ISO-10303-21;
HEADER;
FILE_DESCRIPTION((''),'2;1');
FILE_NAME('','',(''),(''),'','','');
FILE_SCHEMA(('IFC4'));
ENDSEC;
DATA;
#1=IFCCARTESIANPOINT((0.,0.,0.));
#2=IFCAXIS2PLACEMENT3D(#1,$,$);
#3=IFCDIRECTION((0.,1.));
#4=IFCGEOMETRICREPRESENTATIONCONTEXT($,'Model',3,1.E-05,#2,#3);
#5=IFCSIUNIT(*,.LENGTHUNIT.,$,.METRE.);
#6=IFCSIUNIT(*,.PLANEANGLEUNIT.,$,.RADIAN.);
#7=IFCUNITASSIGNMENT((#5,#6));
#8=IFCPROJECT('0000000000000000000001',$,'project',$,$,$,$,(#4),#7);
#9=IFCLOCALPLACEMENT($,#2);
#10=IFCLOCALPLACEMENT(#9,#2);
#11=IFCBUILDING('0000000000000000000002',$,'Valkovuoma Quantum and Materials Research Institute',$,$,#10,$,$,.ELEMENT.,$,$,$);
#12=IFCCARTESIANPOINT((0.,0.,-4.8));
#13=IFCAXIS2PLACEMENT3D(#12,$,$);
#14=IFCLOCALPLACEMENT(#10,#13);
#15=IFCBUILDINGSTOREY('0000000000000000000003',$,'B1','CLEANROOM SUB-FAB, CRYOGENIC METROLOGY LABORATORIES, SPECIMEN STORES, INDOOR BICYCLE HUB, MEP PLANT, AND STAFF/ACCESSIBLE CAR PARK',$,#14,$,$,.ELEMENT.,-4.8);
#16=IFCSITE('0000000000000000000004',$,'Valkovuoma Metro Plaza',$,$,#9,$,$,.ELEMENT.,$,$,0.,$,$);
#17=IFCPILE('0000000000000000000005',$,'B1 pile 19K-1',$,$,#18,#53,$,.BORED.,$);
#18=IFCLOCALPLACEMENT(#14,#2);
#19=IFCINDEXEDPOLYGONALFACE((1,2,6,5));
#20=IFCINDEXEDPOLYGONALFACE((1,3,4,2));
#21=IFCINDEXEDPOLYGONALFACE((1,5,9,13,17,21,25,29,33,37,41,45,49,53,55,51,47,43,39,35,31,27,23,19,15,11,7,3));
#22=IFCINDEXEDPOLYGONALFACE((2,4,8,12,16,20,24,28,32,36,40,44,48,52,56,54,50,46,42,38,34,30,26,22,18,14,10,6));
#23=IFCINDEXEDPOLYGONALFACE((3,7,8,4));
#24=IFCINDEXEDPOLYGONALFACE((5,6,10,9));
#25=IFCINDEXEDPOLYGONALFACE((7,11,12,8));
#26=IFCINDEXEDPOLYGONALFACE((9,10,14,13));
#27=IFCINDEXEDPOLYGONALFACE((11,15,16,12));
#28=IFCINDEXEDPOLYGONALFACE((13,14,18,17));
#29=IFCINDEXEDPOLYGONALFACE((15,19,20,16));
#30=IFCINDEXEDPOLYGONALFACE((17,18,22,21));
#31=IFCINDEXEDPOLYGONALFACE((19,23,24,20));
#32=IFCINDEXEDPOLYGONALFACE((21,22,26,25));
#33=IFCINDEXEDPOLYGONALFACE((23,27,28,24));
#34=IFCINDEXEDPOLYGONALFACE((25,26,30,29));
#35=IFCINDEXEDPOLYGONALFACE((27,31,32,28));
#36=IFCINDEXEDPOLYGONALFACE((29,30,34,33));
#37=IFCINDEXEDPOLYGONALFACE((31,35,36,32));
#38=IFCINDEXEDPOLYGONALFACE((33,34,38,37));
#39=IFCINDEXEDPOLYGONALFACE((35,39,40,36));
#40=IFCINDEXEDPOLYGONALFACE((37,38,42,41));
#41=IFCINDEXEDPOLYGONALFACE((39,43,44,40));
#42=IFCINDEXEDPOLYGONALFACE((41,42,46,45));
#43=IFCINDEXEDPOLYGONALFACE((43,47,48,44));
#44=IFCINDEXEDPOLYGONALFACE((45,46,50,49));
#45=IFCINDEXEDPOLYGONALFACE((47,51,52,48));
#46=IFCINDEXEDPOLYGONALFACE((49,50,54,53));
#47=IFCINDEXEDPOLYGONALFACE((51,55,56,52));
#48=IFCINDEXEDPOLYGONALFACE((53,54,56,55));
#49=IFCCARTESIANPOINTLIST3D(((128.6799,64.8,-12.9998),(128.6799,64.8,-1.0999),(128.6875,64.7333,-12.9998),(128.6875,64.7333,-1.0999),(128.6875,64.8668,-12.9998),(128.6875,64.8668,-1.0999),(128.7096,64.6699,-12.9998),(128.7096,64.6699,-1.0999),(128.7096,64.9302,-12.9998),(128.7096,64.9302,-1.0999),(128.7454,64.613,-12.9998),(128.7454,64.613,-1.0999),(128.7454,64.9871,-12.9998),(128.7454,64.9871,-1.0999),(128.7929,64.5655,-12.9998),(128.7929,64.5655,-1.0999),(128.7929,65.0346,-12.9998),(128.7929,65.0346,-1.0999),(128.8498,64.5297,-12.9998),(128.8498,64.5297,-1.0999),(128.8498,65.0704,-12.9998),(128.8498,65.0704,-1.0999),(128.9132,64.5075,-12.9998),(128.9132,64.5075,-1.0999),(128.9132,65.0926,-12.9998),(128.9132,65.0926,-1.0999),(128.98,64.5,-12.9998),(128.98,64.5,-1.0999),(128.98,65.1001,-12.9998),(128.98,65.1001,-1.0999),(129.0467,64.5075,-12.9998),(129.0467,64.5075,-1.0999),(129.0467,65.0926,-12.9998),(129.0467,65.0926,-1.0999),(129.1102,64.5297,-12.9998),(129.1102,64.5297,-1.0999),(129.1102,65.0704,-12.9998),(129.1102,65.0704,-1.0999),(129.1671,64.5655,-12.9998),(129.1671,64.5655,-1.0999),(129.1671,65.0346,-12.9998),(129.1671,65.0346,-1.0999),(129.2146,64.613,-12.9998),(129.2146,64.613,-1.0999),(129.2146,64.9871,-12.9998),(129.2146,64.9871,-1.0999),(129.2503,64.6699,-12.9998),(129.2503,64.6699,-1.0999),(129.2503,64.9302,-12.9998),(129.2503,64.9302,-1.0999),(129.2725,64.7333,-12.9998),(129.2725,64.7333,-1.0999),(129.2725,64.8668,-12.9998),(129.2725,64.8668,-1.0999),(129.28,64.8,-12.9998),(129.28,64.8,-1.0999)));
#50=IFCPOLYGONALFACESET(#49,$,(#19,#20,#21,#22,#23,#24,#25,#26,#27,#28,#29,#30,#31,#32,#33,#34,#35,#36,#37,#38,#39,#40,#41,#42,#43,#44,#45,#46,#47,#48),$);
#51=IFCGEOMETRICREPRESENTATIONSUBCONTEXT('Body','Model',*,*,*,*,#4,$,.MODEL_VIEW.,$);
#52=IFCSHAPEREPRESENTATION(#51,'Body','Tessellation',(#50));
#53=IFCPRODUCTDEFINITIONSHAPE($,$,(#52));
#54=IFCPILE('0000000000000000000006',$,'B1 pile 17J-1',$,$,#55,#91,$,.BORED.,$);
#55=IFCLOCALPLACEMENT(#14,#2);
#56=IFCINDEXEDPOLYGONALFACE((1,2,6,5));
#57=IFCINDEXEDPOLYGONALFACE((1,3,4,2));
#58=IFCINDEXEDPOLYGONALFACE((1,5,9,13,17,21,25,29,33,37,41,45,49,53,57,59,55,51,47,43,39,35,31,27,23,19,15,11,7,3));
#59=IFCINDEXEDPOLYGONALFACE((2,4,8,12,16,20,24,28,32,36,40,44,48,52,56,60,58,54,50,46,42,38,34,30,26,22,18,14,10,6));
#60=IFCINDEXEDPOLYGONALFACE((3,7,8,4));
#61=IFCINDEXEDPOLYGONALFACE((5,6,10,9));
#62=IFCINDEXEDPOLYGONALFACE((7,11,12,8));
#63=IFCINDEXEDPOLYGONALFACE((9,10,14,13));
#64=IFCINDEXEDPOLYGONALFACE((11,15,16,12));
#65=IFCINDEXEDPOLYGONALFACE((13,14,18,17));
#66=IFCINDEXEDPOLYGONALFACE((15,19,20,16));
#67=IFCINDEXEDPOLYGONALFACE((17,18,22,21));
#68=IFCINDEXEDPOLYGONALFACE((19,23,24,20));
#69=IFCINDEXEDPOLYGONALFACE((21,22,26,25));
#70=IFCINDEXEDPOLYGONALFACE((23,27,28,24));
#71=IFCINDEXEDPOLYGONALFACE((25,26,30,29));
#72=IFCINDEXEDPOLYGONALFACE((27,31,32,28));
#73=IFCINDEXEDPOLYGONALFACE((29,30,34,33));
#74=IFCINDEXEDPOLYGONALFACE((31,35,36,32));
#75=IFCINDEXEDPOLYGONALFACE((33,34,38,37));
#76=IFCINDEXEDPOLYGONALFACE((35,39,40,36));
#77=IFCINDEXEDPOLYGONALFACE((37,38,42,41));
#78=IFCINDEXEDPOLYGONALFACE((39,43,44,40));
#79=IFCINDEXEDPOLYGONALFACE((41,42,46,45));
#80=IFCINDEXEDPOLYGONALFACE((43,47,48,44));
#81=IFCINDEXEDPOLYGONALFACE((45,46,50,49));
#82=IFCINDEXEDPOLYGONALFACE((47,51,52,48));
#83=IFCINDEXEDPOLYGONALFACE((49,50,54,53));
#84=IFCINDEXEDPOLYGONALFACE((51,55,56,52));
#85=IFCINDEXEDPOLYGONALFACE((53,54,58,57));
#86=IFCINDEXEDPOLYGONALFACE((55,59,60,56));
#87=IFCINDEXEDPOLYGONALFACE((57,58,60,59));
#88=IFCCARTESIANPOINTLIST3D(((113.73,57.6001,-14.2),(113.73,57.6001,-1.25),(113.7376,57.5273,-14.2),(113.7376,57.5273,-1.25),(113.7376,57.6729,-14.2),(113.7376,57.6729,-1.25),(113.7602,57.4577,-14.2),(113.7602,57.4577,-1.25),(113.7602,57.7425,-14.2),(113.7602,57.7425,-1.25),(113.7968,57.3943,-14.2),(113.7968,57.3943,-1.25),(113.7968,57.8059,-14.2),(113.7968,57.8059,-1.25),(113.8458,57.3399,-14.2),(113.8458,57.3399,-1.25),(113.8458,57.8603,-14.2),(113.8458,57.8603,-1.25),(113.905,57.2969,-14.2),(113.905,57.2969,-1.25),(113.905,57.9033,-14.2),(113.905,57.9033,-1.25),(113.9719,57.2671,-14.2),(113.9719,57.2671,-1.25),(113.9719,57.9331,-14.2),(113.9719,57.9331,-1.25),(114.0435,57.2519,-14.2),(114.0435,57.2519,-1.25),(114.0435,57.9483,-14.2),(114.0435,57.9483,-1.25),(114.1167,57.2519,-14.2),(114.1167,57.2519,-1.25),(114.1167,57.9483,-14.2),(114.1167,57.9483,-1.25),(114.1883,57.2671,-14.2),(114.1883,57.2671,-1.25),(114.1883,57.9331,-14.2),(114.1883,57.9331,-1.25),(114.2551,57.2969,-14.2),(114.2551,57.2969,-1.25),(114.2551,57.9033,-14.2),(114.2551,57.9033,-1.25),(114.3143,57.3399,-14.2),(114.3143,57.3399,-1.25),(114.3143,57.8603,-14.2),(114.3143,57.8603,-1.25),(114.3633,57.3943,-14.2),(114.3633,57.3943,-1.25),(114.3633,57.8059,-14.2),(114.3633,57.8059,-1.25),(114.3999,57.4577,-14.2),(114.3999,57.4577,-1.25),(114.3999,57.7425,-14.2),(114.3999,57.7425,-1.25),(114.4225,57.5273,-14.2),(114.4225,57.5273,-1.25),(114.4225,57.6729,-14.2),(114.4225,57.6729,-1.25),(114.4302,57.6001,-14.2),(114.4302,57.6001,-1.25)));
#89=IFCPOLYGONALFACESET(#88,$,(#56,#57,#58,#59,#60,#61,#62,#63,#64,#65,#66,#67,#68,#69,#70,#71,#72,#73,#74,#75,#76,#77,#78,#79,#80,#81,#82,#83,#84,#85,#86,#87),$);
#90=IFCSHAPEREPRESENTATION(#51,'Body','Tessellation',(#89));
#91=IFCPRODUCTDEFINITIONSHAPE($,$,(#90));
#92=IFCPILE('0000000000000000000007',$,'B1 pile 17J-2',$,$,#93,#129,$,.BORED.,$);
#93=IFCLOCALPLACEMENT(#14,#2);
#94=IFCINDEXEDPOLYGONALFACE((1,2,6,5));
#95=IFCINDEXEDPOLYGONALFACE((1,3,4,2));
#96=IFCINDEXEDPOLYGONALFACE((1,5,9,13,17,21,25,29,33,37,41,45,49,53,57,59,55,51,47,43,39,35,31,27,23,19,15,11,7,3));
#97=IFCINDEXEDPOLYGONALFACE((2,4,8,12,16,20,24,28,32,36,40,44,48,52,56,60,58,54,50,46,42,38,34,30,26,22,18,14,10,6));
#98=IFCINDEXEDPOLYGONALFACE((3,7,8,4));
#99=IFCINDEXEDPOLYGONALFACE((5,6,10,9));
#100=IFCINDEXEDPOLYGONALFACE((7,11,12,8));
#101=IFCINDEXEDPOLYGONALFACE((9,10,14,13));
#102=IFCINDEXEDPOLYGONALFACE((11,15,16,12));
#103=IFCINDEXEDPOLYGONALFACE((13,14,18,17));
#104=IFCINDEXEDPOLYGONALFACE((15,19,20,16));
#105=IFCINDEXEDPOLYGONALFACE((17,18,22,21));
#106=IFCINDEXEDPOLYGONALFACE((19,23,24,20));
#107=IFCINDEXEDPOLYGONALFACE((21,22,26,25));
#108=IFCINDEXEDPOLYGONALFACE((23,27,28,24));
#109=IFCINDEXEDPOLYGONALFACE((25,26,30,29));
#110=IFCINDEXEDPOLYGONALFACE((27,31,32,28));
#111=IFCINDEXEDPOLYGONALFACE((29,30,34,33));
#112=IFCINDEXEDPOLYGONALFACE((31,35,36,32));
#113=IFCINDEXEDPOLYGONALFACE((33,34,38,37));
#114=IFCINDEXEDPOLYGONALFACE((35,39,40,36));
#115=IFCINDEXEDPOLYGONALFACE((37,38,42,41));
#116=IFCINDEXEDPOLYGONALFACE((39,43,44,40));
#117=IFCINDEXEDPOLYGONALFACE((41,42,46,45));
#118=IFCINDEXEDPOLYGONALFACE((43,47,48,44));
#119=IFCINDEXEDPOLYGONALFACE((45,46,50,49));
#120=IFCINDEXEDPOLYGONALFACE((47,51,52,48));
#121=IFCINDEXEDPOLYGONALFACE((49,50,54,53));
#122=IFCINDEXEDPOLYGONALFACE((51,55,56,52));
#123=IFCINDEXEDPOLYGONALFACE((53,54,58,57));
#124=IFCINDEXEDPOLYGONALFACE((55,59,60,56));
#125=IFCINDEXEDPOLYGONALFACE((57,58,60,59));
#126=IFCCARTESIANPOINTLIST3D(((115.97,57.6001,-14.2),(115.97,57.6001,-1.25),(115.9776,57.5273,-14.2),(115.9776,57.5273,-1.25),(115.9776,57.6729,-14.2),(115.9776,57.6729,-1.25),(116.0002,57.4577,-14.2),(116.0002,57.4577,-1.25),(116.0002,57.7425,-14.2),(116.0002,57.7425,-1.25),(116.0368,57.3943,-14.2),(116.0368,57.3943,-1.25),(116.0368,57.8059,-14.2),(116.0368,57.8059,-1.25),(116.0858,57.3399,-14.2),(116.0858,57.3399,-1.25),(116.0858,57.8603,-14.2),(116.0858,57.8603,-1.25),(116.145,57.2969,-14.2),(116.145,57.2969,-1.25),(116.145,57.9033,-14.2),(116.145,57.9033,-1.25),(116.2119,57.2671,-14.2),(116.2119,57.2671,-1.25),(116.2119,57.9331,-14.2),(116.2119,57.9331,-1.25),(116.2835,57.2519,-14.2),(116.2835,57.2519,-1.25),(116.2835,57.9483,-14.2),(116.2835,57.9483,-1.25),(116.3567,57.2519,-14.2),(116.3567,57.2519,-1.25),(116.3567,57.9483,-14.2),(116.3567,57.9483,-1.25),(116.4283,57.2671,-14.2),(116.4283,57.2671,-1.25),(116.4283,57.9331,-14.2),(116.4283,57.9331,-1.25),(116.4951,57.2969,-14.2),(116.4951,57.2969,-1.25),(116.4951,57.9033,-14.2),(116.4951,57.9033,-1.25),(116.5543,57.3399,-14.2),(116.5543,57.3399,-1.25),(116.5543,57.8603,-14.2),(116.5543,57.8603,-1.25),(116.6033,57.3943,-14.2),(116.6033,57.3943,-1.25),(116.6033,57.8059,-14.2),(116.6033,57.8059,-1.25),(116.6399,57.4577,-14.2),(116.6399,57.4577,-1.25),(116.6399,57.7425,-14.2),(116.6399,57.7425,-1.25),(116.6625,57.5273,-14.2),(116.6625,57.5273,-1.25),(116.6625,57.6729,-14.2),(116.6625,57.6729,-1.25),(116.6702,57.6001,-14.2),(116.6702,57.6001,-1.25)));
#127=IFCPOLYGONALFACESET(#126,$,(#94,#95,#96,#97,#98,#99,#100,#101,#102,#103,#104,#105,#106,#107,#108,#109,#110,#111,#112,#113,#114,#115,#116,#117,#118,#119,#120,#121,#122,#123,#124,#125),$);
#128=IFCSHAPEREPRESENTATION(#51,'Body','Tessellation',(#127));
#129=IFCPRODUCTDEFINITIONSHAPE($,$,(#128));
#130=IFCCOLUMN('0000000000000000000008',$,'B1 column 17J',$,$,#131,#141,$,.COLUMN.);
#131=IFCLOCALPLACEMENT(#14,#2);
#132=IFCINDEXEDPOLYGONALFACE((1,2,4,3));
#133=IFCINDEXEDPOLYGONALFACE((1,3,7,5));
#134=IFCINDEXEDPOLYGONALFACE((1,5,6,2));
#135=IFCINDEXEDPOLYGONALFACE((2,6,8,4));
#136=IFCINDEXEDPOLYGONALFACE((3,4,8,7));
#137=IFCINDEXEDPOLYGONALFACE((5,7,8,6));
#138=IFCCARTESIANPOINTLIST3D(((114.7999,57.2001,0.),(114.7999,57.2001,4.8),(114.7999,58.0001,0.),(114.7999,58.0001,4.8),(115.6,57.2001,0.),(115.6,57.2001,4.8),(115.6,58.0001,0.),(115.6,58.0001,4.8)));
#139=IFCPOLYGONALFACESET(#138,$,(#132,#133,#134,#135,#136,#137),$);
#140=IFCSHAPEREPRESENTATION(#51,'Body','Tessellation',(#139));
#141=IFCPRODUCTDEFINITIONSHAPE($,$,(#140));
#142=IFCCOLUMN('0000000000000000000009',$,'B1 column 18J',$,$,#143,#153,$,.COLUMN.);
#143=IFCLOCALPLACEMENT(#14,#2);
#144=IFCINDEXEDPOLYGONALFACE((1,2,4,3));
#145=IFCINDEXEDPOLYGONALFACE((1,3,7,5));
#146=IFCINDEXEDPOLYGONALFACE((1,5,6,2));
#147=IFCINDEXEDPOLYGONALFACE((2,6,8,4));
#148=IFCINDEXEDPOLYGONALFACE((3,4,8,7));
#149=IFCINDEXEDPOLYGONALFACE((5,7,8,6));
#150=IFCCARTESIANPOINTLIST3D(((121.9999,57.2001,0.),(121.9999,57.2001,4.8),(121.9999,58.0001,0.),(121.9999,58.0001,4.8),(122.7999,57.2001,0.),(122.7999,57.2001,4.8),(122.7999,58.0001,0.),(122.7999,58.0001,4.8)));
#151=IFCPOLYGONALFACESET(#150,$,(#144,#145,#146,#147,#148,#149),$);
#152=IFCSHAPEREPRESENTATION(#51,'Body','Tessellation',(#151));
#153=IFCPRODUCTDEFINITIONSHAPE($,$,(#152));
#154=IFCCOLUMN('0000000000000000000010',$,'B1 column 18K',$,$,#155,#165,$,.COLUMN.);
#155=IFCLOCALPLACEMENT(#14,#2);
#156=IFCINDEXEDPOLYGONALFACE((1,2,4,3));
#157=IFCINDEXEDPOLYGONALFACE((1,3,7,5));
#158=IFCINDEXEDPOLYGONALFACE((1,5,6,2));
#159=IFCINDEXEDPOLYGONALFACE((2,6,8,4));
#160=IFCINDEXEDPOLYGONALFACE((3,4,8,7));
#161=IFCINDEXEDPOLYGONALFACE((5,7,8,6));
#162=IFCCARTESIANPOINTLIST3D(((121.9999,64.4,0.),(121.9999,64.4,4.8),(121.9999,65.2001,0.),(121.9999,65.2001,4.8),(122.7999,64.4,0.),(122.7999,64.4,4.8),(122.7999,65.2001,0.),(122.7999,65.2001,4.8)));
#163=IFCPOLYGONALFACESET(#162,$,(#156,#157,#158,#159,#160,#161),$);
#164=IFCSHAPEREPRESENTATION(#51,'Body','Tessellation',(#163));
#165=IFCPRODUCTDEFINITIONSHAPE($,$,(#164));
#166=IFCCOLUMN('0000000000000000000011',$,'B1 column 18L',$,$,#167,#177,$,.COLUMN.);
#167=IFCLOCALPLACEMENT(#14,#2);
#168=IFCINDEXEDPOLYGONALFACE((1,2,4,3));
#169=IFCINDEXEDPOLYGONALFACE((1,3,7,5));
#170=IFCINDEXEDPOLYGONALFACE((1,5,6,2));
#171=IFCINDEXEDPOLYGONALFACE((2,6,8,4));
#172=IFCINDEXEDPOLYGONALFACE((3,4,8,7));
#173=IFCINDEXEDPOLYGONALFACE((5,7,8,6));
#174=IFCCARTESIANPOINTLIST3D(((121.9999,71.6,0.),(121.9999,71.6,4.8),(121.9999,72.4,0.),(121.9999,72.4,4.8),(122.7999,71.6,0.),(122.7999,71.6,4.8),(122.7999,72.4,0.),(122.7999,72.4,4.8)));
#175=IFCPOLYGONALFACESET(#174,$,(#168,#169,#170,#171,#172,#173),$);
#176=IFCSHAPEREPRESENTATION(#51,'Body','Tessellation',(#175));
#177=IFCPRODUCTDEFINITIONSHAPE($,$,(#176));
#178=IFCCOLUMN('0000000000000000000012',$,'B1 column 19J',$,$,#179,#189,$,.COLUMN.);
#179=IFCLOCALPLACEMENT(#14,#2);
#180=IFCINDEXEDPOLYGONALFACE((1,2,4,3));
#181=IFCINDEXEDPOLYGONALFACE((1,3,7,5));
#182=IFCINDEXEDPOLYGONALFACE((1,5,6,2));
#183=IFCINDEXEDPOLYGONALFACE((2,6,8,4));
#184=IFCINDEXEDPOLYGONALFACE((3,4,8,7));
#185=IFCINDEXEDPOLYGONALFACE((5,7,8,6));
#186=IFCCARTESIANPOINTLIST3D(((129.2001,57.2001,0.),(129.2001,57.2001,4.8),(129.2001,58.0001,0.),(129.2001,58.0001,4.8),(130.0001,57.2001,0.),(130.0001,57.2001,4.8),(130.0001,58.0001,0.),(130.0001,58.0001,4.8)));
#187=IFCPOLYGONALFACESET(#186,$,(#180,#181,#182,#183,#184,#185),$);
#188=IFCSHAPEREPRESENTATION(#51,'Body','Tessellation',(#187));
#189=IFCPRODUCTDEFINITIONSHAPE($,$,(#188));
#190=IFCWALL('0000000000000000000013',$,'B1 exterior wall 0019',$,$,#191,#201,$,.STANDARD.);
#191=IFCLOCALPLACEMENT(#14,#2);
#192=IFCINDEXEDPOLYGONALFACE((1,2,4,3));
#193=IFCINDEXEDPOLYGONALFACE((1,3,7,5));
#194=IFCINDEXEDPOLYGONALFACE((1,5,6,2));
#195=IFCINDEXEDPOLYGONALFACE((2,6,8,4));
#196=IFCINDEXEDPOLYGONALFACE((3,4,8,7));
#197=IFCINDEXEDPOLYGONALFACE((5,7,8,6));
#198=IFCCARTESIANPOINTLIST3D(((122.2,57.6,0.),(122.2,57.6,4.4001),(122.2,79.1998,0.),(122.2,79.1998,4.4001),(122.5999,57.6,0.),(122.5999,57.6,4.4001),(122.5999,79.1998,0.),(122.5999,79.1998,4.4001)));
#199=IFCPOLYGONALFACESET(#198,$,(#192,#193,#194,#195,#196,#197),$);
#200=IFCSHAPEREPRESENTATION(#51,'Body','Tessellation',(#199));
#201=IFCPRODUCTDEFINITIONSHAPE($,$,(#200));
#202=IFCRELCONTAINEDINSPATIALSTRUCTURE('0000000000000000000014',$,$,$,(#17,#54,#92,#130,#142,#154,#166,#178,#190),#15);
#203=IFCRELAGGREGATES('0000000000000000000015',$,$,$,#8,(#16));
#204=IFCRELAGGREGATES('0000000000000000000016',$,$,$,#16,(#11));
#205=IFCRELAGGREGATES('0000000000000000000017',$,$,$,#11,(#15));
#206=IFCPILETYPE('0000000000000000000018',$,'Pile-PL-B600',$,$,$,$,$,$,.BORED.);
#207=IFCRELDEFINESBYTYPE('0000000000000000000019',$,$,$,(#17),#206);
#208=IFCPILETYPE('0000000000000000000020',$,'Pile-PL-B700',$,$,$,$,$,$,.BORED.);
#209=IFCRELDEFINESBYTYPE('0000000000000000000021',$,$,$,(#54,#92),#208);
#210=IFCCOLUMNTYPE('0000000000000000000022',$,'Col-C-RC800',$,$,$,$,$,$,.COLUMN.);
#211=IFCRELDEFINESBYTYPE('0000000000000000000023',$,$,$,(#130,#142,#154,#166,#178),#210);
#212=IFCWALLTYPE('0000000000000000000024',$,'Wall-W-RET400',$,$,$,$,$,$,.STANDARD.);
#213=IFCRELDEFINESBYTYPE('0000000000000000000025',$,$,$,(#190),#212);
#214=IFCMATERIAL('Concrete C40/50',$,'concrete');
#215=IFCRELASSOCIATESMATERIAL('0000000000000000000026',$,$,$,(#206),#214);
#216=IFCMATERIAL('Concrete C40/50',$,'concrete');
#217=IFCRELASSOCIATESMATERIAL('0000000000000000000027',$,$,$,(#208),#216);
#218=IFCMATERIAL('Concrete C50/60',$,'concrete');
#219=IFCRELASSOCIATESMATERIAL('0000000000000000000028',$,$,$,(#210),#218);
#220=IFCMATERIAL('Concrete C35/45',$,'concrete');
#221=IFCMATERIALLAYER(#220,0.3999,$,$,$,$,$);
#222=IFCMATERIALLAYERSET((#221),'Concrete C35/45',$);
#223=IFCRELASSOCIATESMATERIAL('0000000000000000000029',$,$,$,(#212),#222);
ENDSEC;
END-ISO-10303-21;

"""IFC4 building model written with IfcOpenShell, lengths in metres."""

from ifc_helpers import new_model, si_unit, direction, frame, frame_2d, origin, origin_2d, place, context, subcontext, project, spatial, rectangle, circle, extrude, material, layer, layer_set, material_profile, profile_set, type_object, element, save


model = new_model("IFC4")

# Units and contexts
model_context = context("Model", 3, precision=1e-05, world=origin(), true_north=direction((0.0, 1.0)))
body_context = subcontext(model_context, "Body", "Model", "MODEL_VIEW")
ifc_project = project(units=[si_unit("LENGTHUNIT", "METRE"), si_unit("PLANEANGLEUNIT", "RADIAN")], contexts=[model_context])

# Site, building, storey
site_placement = place(None, origin())
site = spatial("IfcSite", under=ifc_project, at=site_placement, Name="Valkovuoma Metro Plaza", CompositionType="ELEMENT", RefElevation=0.0)
building_placement = place(site_placement, origin())
building = spatial("IfcBuilding", under=site, at=building_placement, Name="Valkovuoma Quantum and Materials Research Institute", CompositionType="ELEMENT")
storey_placement = place(building_placement, frame((0.0, 0.0, -4.8)))
storey = spatial("IfcBuildingStorey", under=building, at=storey_placement, Name="B1", Description="CLEANROOM SUB-FAB, CRYOGENIC METROLOGY LABORATORIES, SPECIMEN STORES, INDOOR BICYCLE HUB, MEP PLANT, AND STAFF/ACCESSIBLE CAR PARK", CompositionType="ELEMENT", Elevation=-4.8)

# Piles
ifc_material_1 = material(Name="Concrete C40/50", Category="concrete")
ifc_material_profile_1 = material_profile(ifc_material_1, circle(Radius=0.3, at=origin_2d()), Name="Concrete C40/50")
ifc_profile_set_1 = profile_set([ifc_material_profile_1], Name="Concrete C40/50")
pile_type_1 = type_object("IfcPileType", Name="Pile-PL-B600", PredefinedType="BORED", material=ifc_profile_set_1)
pile_1_placement = place(storey_placement, frame((128.98, 64.8, -1.0999), z_axis=(0.0, 0.0, -1.0), x_axis=(1.0, 0.0, 0.0)))
element("IfcPile", 1, at=pile_1_placement, inside=storey, type_object=pile_type_1, Name="B1 pile 19K-1", PredefinedType="BORED", context=body_context, shape_type="SweptSolid", body=[
    extrude(circle(Radius=0.3, at=origin_2d()), origin(), (0.0, 0.0, 1.0), 11.8999),
])
ifc_material_2 = material(Name="Concrete C40/50", Category="concrete")
ifc_material_profile_2 = material_profile(ifc_material_2, circle(Radius=0.3501, at=origin_2d()), Name="Concrete C40/50")
ifc_profile_set_2 = profile_set([ifc_material_profile_2], Name="Concrete C40/50")
pile_type_2 = type_object("IfcPileType", Name="Pile-PL-B700", PredefinedType="BORED", material=ifc_profile_set_2)
for number, where, z_axis, x_axis, name in (
    (2, (114.0801, 57.6001, -1.25), (0.0, 0.0, -1.0), (1.0, 0.0, 0.0), "B1 pile 17J-1"),
    (3, (116.3201, 57.6001, -1.25), (0.0, 0.0, -1.0), (1.0, 0.0, 0.0), "B1 pile 17J-2"),
):
    element("IfcPile", number, at=place(storey_placement, frame(where, z_axis=z_axis, x_axis=x_axis)), inside=storey, type_object=pile_type_2, Name=name, PredefinedType="BORED", context=body_context, shape_type="SweptSolid", body=[
        extrude(circle(Radius=0.3501, at=origin_2d()), origin(), (0.0, 0.0, 1.0), 12.95),
    ])

# Columns
ifc_material_3 = material(Name="Concrete C50/60", Category="concrete")
ifc_material_profile_3 = material_profile(ifc_material_3, rectangle(XDim=0.8, YDim=0.8, at=origin_2d()), Name="Concrete C50/60")
ifc_profile_set_3 = profile_set([ifc_material_profile_3], Name="Concrete C50/60")
column_type = type_object("IfcColumnType", Name="Col-C-RC800", PredefinedType="COLUMN", material=ifc_profile_set_3)
for number, where, z_axis, x_axis, name in (
    (4, (115.2, 57.6001, 0.0), (0.0, 0.0, 1.0), (1.0, 0.0, 0.0), "B1 column 17J"),
    (5, (122.3999, 57.6001, 0.0), (0.0, 0.0, 1.0), (1.0, 0.0, 0.0), "B1 column 18J"),
    (6, (122.3999, 64.8, 0.0), (0.0, 0.0, 1.0), (1.0, 0.0, 0.0), "B1 column 18K"),
    (7, (122.3999, 72.0, 0.0), (0.0, 0.0, 1.0), (1.0, 0.0, 0.0), "B1 column 18L"),
    (8, (129.6001, 57.6001, 0.0), (0.0, 0.0, 1.0), (1.0, 0.0, 0.0), "B1 column 19J"),
):
    element("IfcColumn", number, at=place(storey_placement, frame(where, z_axis=z_axis, x_axis=x_axis)), inside=storey, type_object=column_type, Name=name, PredefinedType="COLUMN", context=body_context, shape_type="SweptSolid", body=[
        extrude(rectangle(XDim=0.8, YDim=0.8, at=origin_2d()), origin(), (0.0, 0.0, 1.0), 4.8),
    ])

# Wall
ifc_material_4 = material(Name="Concrete C35/45", Category="concrete")
ifc_layer = layer(ifc_material_4, 0.3999)
ifc_layer_set = layer_set([ifc_layer], Name="Concrete C35/45")
wall_type = type_object("IfcWallType", Name="Wall-W-RET400", PredefinedType="STANDARD", material=ifc_layer_set)
wall_placement = place(storey_placement, frame((122.3999, 57.6001, 0.0), z_axis=(0.0, 0.0, 1.0), x_axis=(0.0, 1.0, 0.0)))
element("IfcWall", 9, at=wall_placement, inside=storey, type_object=wall_type, Name="B1 exterior wall 0019", PredefinedType="STANDARD", context=body_context, shape_type="SweptSolid", body=[
    extrude(rectangle(XDim=21.5999, YDim=0.3999, at=frame_2d((10.7998, 0.0))), origin(), (0.0, 0.0, 1.0), 4.4001),
])

save(model, "model.ifc")
